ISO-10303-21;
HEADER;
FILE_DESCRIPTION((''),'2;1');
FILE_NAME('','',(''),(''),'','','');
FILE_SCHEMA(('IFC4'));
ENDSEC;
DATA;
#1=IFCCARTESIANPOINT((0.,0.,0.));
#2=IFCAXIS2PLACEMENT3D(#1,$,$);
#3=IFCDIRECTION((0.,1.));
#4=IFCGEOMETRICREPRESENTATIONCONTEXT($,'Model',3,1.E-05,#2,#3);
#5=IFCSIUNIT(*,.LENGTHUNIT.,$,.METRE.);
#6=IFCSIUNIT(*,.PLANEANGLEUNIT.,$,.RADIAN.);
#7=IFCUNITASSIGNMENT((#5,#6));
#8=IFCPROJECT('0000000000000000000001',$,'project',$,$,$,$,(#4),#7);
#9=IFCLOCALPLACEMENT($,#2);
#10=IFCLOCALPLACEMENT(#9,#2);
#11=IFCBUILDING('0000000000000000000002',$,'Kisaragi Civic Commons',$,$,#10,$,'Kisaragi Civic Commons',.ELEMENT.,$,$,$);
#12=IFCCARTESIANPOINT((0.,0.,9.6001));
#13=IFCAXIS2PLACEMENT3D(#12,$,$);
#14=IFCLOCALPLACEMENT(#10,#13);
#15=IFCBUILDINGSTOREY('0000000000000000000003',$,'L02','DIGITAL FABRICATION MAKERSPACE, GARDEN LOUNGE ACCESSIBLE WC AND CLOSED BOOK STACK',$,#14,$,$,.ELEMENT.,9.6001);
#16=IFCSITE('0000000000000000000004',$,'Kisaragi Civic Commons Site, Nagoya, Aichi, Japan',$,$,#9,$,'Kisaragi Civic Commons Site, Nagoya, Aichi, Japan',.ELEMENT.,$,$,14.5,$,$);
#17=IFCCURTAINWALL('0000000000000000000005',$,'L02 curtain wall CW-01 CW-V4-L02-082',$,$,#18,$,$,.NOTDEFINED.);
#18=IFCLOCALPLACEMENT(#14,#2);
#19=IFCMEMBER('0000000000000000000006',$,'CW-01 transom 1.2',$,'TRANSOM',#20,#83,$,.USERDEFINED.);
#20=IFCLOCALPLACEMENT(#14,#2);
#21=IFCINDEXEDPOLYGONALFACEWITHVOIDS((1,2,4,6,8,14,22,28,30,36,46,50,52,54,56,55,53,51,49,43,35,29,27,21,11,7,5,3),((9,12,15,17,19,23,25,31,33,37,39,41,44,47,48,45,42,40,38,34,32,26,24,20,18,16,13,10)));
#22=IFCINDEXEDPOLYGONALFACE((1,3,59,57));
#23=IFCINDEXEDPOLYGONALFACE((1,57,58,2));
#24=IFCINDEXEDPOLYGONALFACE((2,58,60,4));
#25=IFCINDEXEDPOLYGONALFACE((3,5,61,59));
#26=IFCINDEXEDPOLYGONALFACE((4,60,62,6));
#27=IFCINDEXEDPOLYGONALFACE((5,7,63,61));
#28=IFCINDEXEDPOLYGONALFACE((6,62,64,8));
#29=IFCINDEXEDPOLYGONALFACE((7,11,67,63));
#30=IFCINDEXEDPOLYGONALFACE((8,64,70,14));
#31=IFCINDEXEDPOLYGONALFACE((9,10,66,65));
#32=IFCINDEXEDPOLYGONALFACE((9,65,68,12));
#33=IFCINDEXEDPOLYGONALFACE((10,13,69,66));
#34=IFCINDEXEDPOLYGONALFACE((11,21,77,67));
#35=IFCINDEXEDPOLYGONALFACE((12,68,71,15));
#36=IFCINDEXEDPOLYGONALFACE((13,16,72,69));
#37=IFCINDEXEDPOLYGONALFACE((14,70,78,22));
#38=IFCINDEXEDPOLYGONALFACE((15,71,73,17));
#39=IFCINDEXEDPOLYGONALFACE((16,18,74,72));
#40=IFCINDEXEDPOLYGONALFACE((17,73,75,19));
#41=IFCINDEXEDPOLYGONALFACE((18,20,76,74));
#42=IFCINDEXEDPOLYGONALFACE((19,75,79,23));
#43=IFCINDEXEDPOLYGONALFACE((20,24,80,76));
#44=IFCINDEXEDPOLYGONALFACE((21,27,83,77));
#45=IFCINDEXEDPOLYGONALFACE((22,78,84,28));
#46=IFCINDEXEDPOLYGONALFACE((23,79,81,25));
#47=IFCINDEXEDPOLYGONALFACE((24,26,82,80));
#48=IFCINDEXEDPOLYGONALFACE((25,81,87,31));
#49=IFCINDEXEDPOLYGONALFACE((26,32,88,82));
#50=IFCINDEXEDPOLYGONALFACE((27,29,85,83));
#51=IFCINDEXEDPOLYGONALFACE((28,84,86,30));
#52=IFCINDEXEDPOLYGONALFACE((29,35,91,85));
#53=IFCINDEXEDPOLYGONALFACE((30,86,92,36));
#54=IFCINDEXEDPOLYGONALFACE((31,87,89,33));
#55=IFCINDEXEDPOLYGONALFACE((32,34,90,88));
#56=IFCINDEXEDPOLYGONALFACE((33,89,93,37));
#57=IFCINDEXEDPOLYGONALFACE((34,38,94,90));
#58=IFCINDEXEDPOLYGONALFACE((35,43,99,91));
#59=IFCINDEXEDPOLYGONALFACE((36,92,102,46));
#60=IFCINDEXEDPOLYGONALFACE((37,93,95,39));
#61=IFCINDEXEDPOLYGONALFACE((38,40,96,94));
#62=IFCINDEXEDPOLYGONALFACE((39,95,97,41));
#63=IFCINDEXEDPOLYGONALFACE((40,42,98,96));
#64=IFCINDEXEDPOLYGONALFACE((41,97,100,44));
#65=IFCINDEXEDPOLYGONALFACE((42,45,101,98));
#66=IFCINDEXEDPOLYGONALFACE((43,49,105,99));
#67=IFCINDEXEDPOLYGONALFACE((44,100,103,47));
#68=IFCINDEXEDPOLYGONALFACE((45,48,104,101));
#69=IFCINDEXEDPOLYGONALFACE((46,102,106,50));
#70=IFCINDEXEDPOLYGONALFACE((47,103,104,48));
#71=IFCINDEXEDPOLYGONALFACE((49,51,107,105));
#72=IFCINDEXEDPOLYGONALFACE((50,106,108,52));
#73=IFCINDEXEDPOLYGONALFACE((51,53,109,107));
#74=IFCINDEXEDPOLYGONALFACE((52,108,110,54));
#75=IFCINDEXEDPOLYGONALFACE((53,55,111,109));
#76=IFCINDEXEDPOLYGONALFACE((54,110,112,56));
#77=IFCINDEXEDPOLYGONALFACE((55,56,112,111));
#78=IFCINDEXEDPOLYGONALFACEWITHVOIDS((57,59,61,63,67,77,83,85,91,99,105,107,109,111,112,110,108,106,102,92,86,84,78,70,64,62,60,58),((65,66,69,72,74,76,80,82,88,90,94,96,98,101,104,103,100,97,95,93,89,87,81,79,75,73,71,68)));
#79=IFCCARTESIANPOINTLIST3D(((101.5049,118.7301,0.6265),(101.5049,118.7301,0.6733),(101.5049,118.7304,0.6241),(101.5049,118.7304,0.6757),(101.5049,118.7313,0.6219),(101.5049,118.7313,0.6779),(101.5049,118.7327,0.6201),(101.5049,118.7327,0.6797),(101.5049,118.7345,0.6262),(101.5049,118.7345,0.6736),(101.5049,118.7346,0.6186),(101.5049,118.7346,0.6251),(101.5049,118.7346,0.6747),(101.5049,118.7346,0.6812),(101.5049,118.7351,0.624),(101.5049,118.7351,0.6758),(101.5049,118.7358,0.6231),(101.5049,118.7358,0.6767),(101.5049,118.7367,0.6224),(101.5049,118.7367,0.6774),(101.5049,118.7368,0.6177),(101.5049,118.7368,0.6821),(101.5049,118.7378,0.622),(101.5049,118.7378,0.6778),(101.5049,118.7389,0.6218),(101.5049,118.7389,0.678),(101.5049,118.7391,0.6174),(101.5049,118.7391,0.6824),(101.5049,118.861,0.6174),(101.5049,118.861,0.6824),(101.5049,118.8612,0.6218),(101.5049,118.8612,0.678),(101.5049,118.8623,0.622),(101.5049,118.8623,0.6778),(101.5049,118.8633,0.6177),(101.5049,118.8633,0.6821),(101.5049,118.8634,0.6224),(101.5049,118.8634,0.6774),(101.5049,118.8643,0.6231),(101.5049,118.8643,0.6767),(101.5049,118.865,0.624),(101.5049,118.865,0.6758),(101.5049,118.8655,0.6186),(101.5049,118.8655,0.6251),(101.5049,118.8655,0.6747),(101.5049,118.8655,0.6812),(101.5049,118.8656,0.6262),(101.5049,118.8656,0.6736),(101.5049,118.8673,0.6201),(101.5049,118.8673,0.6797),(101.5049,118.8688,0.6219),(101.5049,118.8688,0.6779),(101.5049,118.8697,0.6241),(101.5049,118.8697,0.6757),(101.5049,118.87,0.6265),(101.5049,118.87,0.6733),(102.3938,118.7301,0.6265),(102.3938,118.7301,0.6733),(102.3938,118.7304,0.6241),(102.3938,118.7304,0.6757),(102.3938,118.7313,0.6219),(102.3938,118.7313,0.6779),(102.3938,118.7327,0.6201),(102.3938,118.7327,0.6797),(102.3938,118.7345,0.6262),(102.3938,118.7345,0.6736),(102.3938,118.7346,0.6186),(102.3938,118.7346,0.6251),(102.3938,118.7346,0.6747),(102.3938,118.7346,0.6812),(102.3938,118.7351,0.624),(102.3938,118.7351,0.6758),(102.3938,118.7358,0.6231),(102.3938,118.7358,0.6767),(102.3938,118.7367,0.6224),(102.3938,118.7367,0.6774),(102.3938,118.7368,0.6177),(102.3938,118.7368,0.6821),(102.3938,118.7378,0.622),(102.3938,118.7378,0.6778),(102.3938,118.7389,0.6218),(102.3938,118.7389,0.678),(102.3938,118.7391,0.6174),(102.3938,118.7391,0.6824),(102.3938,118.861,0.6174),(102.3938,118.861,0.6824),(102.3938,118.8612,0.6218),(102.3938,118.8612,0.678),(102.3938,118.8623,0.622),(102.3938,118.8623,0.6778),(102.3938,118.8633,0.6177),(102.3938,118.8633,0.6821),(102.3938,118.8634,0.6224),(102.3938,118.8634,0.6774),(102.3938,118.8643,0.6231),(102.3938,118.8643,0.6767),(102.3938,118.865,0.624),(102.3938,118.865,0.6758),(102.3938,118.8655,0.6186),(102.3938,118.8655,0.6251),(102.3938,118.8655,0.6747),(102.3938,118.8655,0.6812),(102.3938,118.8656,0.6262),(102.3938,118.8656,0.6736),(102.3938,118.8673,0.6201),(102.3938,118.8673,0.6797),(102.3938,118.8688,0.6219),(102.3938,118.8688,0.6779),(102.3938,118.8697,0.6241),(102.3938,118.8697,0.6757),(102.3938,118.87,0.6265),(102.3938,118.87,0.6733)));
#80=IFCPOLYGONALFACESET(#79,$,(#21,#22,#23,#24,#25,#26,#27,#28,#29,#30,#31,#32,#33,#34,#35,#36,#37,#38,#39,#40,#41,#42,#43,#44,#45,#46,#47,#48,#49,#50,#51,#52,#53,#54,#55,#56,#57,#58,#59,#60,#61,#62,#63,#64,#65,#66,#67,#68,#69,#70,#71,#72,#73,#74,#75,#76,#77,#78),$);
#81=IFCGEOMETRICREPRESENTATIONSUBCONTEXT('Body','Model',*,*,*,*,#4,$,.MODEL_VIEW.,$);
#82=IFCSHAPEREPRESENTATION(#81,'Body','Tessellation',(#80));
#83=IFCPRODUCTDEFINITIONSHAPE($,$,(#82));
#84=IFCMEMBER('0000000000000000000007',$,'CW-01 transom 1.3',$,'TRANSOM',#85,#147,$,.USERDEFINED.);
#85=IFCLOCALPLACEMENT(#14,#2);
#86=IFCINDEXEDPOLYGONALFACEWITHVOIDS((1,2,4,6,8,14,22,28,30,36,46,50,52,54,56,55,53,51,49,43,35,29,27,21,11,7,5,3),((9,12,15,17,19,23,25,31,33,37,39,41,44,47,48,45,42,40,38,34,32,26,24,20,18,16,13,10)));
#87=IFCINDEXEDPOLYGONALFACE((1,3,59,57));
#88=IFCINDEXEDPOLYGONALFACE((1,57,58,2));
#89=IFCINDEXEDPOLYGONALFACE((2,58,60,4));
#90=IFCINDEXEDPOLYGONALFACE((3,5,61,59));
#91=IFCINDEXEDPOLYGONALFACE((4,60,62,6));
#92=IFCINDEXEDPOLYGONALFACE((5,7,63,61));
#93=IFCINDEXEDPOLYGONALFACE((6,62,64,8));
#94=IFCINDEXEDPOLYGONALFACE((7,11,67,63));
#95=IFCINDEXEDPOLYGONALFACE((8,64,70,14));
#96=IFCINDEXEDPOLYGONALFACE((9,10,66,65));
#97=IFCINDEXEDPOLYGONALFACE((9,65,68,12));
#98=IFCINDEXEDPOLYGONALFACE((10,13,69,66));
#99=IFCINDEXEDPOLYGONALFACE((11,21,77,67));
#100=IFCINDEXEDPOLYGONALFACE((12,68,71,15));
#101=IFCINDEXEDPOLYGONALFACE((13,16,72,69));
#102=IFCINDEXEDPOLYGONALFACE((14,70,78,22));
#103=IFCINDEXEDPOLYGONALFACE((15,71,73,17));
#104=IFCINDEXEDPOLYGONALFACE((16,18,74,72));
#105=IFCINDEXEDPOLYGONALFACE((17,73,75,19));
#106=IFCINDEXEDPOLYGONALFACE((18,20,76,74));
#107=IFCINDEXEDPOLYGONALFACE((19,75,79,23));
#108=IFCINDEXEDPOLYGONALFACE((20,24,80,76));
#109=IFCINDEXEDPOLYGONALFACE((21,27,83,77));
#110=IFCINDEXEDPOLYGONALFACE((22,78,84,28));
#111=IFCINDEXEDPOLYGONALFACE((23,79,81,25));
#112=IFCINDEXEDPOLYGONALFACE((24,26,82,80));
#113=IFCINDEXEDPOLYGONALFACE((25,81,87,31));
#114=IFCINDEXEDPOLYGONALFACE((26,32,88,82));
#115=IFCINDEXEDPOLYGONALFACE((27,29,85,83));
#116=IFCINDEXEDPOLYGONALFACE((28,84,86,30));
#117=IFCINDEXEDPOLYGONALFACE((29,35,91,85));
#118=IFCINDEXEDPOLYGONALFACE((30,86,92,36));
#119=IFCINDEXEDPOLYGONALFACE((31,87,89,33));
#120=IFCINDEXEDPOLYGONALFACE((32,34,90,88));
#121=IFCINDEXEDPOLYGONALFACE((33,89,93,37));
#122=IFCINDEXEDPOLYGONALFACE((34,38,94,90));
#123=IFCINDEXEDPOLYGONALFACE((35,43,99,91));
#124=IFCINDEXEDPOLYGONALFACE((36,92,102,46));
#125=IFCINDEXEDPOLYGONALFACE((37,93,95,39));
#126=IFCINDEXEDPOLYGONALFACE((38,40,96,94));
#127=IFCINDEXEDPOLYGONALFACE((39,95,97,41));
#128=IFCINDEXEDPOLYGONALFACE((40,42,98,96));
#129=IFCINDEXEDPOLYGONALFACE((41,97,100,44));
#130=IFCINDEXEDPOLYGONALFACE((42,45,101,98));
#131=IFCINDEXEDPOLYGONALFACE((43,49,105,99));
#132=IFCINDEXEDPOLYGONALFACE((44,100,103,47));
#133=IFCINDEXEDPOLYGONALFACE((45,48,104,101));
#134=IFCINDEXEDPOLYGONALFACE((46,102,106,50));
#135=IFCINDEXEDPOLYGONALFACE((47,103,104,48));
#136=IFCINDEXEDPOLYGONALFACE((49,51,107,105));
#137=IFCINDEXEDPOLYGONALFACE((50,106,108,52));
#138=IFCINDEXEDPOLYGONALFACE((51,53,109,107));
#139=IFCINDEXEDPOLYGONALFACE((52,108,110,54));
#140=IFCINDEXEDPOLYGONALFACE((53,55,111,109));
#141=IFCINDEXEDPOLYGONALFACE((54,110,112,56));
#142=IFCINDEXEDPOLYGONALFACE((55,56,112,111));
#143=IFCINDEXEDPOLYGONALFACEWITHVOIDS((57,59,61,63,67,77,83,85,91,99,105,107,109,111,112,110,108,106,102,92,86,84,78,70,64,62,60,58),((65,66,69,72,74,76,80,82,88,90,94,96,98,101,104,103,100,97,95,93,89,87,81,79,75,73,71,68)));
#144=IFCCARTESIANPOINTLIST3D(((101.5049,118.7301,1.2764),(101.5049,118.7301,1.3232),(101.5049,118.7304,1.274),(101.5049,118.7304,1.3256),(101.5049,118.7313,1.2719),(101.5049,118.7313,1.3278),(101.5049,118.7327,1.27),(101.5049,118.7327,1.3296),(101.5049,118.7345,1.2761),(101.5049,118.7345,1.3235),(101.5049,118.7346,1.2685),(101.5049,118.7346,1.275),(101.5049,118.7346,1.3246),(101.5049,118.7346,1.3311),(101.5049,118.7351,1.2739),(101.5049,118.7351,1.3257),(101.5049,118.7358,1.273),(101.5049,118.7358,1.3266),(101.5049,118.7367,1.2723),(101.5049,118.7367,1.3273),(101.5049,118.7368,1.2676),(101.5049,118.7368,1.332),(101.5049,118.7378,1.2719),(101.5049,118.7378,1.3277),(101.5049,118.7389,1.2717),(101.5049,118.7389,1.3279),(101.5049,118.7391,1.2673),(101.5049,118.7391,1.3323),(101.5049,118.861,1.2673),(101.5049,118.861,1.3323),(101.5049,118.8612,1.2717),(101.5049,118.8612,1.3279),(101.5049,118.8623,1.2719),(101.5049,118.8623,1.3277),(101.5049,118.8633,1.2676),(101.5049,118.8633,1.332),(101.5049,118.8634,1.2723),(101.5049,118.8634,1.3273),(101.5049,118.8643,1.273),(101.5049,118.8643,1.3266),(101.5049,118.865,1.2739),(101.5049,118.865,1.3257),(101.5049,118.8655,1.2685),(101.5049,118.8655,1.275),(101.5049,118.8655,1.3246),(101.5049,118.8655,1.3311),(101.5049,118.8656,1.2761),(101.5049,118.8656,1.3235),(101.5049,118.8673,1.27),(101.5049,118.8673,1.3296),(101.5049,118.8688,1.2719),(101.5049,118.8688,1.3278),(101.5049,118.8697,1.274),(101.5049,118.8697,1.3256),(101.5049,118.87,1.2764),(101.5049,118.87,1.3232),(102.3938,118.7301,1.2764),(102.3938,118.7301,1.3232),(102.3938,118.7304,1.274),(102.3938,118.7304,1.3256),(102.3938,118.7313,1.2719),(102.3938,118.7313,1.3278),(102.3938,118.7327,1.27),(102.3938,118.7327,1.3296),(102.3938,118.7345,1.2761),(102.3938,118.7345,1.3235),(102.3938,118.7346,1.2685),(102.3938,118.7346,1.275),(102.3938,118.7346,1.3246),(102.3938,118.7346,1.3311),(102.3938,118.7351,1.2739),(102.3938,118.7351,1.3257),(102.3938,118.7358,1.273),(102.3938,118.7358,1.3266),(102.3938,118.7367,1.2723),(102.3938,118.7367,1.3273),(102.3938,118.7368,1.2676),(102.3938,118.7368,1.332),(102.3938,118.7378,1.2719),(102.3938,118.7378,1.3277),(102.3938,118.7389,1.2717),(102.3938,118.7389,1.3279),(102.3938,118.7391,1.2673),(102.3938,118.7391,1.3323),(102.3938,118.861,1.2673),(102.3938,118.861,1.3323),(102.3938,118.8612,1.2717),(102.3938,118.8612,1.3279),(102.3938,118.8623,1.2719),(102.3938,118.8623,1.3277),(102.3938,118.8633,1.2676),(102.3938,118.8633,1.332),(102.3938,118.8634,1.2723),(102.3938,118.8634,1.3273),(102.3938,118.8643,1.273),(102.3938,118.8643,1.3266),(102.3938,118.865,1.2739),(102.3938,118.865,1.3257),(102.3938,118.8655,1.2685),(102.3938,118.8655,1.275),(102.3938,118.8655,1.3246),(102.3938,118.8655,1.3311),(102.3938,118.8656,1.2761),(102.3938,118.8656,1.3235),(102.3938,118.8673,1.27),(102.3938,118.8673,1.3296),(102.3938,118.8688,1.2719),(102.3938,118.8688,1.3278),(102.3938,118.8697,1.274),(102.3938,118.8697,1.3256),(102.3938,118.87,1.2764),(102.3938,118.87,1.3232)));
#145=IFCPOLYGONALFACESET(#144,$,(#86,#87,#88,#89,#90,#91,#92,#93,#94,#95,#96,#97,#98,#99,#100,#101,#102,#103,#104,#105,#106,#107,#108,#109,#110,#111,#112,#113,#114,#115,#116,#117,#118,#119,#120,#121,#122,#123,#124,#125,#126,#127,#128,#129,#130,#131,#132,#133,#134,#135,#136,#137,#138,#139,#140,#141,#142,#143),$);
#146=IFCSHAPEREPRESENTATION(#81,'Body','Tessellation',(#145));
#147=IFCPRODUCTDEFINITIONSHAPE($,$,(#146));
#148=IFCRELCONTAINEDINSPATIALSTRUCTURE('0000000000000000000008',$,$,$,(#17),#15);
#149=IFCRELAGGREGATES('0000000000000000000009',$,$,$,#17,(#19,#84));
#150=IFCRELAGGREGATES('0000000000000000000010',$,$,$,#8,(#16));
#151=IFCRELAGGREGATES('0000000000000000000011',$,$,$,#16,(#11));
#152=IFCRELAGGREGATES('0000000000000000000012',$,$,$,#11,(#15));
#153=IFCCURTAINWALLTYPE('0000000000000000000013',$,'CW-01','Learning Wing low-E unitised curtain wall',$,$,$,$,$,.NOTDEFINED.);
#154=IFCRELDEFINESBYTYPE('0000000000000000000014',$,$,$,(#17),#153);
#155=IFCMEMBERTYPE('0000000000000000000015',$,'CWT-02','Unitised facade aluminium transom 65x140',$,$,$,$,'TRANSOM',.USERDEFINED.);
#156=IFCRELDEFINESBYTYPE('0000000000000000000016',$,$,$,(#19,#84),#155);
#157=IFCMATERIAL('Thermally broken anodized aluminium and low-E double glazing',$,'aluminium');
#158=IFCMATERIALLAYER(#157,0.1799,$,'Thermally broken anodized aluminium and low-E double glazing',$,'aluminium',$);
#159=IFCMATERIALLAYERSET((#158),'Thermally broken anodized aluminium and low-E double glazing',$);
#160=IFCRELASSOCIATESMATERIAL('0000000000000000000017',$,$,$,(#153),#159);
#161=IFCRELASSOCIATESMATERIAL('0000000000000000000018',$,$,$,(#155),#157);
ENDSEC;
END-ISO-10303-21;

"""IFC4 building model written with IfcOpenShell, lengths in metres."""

from ifc_helpers import new_model, si_unit, direction, frame, origin, origin_2d, place, context, subcontext, project, spatial, hollow_rectangle, extrude, material, layer, layer_set, material_profile, profile_set, type_object, element, aggregate, save


model = new_model("IFC4")

# Units and contexts
model_context = context("Model", 3, precision=1e-05, world=origin(), true_north=direction((0.0, 1.0)))
body_context = subcontext(model_context, "Body", "Model", "MODEL_VIEW")
ifc_project = project(units=[si_unit("LENGTHUNIT", "METRE"), si_unit("PLANEANGLEUNIT", "RADIAN")], contexts=[model_context])

# Site, building, storey
site_placement = place(None, origin())
site = spatial("IfcSite", under=ifc_project, at=site_placement, Name="Kisaragi Civic Commons Site, Nagoya, Aichi, Japan", LongName="Kisaragi Civic Commons Site, Nagoya, Aichi, Japan", CompositionType="ELEMENT", RefElevation=14.5)
building_placement = place(site_placement, origin())
building = spatial("IfcBuilding", under=site, at=building_placement, Name="Kisaragi Civic Commons", LongName="Kisaragi Civic Commons", CompositionType="ELEMENT")
storey_placement = place(building_placement, frame((0.0, 0.0, 9.6001)))
storey = spatial("IfcBuildingStorey", under=building, at=storey_placement, Name="L02", Description="DIGITAL FABRICATION MAKERSPACE, GARDEN LOUNGE ACCESSIBLE WC AND CLOSED BOOK STACK", CompositionType="ELEMENT", Elevation=9.6001)

# Curtain wall
ifc_material = material(Name="Thermally broken anodized aluminium and low-E double glazing", Category="aluminium")
ifc_layer_1 = layer(ifc_material, 0.1799, Name="Thermally broken anodized aluminium and low-E double glazing", Category="aluminium")
ifc_layer_set_1 = layer_set([ifc_layer_1], Name="Thermally broken anodized aluminium and low-E double glazing")
curtain_wall_type = type_object("IfcCurtainWallType", Name="CW-01", Description="Learning Wing low-E unitised curtain wall", PredefinedType="NOTDEFINED", material=ifc_layer_set_1)
curtain_wall_1_placement = place(storey_placement, origin())
curtain_wall_1 = element("IfcCurtainWall", 1, at=curtain_wall_1_placement, inside=storey, type_object=curtain_wall_type, Name="L02 curtain wall CW-01 CW-V4-L02-082", PredefinedType="NOTDEFINED")

# Members
ifc_material_profile_1 = material_profile(ifc_material, hollow_rectangle(XDim=0.1399, YDim=0.0649, WallThickness=0.0044, InnerFilletRadius=0.0044, OuterFilletRadius=0.009, at=origin_2d()), Name="CWT-65x140x4.5", Category="aluminium")
ifc_profile_set_1 = profile_set([ifc_material_profile_1], Name="Thermally broken anodized aluminium and low-E double glazing")
member_type_1 = type_object("IfcMemberType", Name="CWT-02", Description="Unitised facade aluminium transom 65x140", ElementType="TRANSOM", PredefinedType="USERDEFINED", material=ifc_profile_set_1)
member_1_placement = place(storey_placement, frame((101.5049, 118.8, 0.6499), z_axis=(1.0, 0.0, 0.0), x_axis=(0.0, 1.0, 0.0)))
member_1 = element("IfcMember", 2, at=member_1_placement, type_object=member_type_1, Name="CW-01 transom 1.2", ObjectType="TRANSOM", PredefinedType="USERDEFINED", context=body_context, shape_type="SweptSolid", body=[
    extrude(hollow_rectangle(XDim=0.1399, YDim=0.0649, WallThickness=0.0044, InnerFilletRadius=0.0044, OuterFilletRadius=0.009, at=origin_2d()), origin(), (0.0, 0.0, 1.0), 0.8889),
])
member_2_placement = place(storey_placement, frame((101.5049, 118.8, 1.2998), z_axis=(1.0, 0.0, 0.0), x_axis=(0.0, 1.0, 0.0)))
member_2 = element("IfcMember", 3, at=member_2_placement, type_object=member_type_1, Name="CW-01 transom 1.3", ObjectType="TRANSOM", PredefinedType="USERDEFINED", context=body_context, shape_type="SweptSolid", body=[
    extrude(hollow_rectangle(XDim=0.1399, YDim=0.0649, WallThickness=0.0044, InnerFilletRadius=0.0044, OuterFilletRadius=0.009, at=origin_2d()), origin(), (0.0, 0.0, 1.0), 0.8889),
])

aggregate(curtain_wall_1, [member_1, member_2])

save(model, "model.ifc")
